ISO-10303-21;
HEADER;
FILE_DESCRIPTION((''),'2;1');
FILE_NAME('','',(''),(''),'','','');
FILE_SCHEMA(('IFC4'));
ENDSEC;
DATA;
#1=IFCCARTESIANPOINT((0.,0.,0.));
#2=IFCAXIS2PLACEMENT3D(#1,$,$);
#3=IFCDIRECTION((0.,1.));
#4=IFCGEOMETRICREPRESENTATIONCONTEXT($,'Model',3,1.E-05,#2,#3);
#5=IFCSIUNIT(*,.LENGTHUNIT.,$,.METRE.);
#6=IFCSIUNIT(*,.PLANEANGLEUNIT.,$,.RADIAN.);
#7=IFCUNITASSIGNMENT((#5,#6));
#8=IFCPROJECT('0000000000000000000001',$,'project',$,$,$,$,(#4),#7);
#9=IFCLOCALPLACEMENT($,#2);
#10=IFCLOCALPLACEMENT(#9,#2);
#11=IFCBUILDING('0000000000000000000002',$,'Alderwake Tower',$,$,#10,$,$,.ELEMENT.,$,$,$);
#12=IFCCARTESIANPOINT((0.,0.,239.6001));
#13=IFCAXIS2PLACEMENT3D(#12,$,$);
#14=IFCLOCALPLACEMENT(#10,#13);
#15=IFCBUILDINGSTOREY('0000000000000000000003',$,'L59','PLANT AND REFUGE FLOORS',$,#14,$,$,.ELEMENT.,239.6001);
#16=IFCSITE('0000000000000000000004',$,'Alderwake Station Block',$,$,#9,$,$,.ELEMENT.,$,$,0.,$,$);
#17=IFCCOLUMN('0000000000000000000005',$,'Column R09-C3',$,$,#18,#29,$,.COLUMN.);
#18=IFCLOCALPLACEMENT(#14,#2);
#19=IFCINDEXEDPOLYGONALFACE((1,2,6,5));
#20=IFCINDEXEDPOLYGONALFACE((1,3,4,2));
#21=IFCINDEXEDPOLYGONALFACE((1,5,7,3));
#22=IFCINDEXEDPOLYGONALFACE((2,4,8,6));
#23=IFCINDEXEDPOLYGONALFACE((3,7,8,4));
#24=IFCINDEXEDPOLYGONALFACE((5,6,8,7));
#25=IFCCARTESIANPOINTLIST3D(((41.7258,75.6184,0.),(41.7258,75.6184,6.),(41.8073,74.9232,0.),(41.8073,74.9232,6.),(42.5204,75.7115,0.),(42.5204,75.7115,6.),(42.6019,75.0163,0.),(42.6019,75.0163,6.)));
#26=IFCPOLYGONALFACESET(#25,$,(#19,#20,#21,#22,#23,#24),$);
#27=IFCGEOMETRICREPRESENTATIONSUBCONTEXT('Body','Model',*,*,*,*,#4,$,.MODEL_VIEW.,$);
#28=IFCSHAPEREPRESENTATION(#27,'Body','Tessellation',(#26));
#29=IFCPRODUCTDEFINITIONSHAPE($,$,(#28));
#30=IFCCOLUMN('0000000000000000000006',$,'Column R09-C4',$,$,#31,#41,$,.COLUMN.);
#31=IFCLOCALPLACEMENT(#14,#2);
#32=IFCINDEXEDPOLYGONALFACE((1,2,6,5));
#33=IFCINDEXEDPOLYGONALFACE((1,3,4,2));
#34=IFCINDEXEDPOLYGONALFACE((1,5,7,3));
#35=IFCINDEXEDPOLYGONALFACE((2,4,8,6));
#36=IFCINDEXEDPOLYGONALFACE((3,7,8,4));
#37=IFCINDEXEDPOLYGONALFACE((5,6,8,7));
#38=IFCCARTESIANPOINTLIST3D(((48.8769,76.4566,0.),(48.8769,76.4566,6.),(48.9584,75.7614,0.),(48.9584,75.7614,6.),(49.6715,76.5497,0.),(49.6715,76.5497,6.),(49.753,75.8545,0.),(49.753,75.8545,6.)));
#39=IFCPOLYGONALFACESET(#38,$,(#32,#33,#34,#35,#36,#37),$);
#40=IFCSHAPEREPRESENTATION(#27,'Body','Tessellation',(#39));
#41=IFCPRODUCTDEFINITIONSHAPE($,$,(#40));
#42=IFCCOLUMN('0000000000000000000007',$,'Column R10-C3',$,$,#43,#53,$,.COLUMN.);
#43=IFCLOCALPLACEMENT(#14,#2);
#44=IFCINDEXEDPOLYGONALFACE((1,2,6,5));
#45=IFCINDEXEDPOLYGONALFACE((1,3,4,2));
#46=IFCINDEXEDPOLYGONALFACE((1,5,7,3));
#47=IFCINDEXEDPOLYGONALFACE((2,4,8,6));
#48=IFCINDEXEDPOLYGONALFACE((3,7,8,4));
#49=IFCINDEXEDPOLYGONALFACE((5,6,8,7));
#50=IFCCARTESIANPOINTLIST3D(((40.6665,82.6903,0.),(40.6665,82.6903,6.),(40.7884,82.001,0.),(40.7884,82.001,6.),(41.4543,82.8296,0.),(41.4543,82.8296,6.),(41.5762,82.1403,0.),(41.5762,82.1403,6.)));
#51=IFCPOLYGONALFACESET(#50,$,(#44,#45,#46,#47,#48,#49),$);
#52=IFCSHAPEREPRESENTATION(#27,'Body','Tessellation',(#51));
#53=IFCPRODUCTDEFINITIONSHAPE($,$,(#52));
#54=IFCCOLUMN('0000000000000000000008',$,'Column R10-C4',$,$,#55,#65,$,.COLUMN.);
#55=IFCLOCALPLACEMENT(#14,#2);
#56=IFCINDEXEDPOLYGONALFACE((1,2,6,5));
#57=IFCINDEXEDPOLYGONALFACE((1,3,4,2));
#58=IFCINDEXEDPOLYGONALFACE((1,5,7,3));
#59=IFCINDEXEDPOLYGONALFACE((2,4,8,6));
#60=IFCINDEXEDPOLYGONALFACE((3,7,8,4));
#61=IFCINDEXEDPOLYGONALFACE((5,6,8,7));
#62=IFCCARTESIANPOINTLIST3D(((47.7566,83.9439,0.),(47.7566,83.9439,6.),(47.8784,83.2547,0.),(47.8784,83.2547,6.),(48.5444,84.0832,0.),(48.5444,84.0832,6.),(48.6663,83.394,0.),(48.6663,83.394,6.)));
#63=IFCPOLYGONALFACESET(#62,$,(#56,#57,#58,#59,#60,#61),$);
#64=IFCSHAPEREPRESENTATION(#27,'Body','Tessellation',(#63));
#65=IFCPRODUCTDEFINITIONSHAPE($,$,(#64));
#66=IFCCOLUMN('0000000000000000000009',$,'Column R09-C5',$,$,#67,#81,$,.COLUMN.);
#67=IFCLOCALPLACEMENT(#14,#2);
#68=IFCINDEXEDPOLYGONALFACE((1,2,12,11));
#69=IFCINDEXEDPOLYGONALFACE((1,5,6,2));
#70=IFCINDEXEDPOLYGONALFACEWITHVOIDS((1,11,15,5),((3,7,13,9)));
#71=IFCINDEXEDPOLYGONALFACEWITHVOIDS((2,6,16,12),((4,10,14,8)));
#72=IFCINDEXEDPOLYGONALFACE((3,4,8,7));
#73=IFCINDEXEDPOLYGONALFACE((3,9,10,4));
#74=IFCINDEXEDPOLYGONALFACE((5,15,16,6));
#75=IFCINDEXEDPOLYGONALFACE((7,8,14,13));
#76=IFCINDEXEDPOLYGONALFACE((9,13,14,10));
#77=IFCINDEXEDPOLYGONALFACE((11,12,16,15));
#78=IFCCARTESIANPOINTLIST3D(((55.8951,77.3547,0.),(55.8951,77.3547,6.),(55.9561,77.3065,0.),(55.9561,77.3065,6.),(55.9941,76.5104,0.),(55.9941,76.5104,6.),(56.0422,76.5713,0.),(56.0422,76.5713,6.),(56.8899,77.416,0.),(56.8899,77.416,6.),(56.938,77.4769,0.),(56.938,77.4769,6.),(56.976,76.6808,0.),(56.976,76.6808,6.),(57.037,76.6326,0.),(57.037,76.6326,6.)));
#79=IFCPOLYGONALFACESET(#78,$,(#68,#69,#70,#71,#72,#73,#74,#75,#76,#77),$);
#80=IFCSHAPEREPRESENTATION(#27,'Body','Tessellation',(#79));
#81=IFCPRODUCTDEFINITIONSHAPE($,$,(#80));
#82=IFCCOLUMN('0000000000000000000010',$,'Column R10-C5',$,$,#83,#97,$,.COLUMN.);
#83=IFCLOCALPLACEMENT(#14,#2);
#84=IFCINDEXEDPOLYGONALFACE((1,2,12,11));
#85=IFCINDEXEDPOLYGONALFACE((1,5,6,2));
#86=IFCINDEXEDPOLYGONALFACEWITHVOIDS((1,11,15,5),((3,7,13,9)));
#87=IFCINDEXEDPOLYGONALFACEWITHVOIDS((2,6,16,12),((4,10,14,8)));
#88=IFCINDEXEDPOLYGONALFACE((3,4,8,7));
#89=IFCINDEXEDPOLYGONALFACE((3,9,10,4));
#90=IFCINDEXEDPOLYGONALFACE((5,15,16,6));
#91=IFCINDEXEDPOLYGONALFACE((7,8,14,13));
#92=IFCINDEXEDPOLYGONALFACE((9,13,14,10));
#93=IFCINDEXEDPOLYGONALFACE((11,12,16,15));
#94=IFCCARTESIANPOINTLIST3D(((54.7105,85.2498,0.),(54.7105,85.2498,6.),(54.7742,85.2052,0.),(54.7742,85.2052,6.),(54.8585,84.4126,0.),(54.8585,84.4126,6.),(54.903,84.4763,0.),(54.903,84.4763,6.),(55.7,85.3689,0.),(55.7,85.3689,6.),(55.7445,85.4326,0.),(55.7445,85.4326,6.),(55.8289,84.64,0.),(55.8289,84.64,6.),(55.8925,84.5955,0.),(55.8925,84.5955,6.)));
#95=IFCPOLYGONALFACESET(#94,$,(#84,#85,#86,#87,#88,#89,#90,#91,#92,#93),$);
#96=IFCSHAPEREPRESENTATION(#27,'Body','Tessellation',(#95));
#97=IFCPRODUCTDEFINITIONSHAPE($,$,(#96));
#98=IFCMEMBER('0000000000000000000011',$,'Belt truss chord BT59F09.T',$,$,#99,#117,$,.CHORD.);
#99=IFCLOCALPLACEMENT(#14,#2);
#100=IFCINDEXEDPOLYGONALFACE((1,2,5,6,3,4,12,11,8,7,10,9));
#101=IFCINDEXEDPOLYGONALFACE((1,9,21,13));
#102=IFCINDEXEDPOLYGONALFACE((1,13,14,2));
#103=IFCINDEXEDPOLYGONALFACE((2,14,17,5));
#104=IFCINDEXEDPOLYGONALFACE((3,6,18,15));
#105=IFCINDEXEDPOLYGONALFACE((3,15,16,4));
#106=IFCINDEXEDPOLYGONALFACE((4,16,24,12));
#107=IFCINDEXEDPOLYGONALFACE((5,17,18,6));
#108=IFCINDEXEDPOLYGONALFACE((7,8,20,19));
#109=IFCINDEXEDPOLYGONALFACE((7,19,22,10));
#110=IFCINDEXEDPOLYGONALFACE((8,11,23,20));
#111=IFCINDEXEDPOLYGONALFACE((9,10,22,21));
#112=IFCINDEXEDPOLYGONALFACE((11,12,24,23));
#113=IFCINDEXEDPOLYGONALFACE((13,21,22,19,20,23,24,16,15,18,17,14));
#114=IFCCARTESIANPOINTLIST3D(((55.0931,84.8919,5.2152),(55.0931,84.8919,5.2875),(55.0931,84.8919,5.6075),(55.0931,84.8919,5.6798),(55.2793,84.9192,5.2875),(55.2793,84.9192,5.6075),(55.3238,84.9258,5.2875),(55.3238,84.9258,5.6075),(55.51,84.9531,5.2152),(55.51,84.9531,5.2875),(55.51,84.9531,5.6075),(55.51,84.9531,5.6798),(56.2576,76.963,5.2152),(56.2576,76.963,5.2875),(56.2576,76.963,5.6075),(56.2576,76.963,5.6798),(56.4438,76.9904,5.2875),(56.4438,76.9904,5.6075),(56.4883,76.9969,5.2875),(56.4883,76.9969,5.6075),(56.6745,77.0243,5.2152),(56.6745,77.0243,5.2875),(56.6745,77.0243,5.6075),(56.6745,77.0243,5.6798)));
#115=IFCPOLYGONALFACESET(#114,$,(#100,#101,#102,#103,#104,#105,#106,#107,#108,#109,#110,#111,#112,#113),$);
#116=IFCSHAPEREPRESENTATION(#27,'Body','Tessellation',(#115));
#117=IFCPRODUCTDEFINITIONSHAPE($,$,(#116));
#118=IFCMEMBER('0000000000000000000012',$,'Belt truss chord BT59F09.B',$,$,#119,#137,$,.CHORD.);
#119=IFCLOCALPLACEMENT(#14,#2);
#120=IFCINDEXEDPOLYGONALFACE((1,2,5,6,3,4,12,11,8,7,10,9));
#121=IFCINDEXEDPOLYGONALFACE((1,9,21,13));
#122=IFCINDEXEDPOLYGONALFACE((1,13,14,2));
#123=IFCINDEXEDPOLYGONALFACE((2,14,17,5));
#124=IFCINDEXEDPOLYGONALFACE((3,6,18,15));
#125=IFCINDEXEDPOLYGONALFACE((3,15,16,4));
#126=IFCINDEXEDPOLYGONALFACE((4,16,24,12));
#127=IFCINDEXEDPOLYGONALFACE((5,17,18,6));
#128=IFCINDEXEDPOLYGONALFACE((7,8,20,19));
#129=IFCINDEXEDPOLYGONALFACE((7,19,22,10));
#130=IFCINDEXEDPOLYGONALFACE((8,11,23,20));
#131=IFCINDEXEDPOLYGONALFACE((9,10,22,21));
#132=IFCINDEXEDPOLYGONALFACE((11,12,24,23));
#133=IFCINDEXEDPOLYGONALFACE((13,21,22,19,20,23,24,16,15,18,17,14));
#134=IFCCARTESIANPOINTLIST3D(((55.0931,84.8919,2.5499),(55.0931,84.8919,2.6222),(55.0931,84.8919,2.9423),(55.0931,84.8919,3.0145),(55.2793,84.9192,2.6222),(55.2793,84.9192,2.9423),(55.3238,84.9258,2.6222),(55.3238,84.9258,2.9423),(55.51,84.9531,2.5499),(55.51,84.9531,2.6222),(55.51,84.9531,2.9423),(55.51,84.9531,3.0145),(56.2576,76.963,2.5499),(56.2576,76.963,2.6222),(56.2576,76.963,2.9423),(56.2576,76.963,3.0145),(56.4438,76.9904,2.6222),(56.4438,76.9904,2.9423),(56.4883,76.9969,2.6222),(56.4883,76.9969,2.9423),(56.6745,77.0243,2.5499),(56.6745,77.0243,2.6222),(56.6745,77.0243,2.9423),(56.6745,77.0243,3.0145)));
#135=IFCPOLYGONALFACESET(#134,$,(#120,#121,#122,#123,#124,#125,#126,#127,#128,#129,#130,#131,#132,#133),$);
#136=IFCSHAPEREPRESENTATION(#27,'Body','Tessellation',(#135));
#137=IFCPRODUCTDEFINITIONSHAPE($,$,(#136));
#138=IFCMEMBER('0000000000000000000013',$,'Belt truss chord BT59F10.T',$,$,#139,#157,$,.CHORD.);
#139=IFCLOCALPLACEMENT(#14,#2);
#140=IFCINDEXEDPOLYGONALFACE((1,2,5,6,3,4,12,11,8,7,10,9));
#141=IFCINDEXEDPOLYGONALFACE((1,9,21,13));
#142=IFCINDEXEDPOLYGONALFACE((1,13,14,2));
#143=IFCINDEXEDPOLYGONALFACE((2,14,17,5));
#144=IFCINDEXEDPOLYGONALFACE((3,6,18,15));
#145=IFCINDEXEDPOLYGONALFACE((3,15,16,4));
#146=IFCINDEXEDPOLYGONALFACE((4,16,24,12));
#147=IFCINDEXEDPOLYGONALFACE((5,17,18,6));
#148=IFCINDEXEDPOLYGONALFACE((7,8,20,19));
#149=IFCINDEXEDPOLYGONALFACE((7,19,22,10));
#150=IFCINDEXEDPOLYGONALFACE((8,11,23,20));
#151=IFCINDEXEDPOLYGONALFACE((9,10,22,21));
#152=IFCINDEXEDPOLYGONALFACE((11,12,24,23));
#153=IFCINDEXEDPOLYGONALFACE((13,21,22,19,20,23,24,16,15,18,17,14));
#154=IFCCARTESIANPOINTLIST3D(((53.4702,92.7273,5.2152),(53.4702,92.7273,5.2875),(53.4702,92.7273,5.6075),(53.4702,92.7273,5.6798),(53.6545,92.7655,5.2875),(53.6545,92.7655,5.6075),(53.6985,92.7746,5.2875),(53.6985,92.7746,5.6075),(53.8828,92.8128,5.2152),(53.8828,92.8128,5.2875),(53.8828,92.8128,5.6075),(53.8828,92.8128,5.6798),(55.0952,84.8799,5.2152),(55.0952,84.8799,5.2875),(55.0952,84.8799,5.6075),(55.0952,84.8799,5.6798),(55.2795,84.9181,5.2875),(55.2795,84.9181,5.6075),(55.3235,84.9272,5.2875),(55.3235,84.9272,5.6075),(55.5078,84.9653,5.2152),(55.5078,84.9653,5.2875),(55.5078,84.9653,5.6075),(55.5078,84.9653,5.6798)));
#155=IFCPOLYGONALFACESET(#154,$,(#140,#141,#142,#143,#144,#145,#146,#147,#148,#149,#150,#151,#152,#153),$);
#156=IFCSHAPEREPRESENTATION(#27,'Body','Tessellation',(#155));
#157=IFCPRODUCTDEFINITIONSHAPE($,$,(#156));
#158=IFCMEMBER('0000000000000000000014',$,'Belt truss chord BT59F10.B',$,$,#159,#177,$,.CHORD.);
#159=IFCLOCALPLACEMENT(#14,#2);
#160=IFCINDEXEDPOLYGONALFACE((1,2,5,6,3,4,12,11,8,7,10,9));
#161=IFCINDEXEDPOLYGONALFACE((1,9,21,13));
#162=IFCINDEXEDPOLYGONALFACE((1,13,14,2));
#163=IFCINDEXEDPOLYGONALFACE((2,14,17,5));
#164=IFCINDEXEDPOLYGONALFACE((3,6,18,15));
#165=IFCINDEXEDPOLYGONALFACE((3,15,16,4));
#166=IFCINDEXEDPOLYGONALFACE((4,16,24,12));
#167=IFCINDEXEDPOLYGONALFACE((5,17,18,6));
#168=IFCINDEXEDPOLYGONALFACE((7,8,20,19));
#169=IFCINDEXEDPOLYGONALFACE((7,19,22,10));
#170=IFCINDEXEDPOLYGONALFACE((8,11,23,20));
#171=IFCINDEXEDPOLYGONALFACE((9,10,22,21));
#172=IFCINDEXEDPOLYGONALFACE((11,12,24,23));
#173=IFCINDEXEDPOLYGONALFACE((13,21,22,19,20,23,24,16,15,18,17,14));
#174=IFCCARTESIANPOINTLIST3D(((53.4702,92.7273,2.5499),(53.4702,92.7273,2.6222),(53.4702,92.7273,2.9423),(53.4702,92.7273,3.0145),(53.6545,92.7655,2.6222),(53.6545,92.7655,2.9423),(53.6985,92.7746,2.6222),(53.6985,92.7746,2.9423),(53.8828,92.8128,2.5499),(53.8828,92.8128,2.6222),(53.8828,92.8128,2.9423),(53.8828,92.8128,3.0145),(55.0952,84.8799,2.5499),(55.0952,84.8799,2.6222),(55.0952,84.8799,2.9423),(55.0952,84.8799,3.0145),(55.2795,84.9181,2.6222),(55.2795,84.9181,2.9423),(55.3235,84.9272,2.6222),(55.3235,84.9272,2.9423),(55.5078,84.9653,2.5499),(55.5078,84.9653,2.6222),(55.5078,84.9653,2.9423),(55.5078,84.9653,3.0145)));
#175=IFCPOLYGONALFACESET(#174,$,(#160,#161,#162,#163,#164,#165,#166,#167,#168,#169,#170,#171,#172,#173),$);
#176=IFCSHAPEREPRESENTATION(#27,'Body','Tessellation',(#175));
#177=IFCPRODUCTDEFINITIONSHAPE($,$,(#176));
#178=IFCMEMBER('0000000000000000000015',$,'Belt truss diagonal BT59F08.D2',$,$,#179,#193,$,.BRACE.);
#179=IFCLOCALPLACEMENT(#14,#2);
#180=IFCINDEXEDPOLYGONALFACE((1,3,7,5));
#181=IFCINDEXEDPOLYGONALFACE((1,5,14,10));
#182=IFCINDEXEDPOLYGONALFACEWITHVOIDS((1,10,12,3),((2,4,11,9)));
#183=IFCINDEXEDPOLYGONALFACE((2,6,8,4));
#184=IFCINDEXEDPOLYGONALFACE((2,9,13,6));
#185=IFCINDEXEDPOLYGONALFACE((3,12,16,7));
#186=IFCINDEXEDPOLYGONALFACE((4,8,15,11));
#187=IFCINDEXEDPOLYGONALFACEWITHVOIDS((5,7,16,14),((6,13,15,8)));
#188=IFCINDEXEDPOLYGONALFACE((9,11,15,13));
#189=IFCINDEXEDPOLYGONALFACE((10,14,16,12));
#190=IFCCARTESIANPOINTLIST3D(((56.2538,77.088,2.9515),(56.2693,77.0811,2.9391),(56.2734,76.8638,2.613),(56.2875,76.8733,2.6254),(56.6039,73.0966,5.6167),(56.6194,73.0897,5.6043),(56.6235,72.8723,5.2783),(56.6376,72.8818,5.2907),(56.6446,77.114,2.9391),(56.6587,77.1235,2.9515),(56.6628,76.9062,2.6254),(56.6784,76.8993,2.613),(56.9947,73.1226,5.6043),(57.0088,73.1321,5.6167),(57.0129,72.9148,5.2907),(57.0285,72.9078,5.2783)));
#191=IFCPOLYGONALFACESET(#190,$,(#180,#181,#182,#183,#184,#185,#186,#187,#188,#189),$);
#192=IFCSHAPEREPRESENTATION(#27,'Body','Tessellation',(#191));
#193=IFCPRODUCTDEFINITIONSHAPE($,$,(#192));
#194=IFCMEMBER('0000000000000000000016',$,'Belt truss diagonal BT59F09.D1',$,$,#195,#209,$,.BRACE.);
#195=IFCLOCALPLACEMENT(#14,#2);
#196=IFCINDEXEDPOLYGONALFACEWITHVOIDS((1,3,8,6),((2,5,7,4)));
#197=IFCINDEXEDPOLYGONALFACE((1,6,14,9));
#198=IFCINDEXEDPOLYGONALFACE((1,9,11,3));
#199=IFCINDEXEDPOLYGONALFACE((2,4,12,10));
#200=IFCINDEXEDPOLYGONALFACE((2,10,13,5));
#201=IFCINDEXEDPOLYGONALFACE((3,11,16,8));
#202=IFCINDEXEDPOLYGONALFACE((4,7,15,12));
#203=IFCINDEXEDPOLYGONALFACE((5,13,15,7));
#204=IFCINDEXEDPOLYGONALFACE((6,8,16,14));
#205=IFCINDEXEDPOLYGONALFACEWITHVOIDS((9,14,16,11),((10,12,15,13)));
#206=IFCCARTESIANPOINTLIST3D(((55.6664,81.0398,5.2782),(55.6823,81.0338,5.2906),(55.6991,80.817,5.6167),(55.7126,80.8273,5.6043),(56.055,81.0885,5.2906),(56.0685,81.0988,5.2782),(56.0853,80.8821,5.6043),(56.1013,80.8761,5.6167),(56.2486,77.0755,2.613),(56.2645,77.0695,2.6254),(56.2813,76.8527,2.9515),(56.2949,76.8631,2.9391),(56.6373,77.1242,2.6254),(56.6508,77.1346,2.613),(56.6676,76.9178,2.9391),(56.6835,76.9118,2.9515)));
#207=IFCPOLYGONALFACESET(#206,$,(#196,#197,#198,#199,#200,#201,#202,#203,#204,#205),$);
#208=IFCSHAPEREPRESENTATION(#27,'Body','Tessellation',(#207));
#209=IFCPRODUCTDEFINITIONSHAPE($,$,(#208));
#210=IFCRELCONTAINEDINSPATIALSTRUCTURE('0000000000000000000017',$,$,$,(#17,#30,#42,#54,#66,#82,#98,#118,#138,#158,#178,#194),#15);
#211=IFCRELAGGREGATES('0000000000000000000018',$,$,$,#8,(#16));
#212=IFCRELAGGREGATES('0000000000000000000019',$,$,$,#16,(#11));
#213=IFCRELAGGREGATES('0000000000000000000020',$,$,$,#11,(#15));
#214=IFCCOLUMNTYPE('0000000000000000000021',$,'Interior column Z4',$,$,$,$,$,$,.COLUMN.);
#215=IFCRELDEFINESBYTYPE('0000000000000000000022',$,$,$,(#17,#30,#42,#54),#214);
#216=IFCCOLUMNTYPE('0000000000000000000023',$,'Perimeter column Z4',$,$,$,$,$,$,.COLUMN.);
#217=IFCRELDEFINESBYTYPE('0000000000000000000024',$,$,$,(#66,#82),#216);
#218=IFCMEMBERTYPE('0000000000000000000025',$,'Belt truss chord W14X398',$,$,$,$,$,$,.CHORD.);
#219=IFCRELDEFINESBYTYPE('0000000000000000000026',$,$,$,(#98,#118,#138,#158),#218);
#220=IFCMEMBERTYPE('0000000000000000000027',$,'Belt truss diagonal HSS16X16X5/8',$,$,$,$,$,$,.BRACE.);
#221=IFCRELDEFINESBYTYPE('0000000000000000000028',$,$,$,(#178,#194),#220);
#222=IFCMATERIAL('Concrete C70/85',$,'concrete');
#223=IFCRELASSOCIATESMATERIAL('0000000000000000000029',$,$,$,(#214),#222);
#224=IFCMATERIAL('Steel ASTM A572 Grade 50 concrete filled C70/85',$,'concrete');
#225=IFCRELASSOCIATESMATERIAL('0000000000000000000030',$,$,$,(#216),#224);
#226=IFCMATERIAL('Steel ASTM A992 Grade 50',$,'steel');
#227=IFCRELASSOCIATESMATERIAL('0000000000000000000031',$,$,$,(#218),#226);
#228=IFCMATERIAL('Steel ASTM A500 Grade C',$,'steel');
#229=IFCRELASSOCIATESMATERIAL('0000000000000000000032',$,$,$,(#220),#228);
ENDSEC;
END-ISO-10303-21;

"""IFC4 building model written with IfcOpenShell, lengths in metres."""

from ifc_helpers import new_model, si_unit, direction, frame, origin, origin_2d, place, context, subcontext, project, spatial, rectangle, hollow_rectangle, i_section, extrude, material, material_profile, profile_set, type_object, element, save


model = new_model("IFC4")

# Units and contexts
model_context = context("Model", 3, precision=1e-05, world=origin(), true_north=direction((0.0, 1.0)))
body_context = subcontext(model_context, "Body", "Model", "MODEL_VIEW")
ifc_project = project(units=[si_unit("LENGTHUNIT", "METRE"), si_unit("PLANEANGLEUNIT", "RADIAN")], contexts=[model_context])

# Site, building, storey
site_placement = place(None, origin())
site = spatial("IfcSite", under=ifc_project, at=site_placement, Name="Alderwake Station Block", CompositionType="ELEMENT", RefElevation=0.0)
building_placement = place(site_placement, origin())
building = spatial("IfcBuilding", under=site, at=building_placement, Name="Alderwake Tower", CompositionType="ELEMENT")
storey_placement = place(building_placement, frame((0.0, 0.0, 239.6001)))
storey = spatial("IfcBuildingStorey", under=building, at=storey_placement, Name="L59", Description="PLANT AND REFUGE FLOORS", CompositionType="ELEMENT", Elevation=239.6001)

# Columns
ifc_material_1 = material(Name="Concrete C70/85", Category="concrete")
ifc_material_profile_1 = material_profile(ifc_material_1, rectangle(XDim=0.7, YDim=0.8, at=origin_2d()), Name="RC 800X700")
ifc_profile_set_1 = profile_set([ifc_material_profile_1], Name="Concrete C70/85")
column_type_1 = type_object("IfcColumnType", Name="Interior column Z4", PredefinedType="COLUMN", material=ifc_profile_set_1)
for number, where, z_axis, x_axis, name in (
    (1, (42.1638, 75.3174, 0.0), (0.0, 0.0, 1.0), (-0.116402, 0.993202, 0.0), "Column R09-C3"),
    (2, (49.3149, 76.1555, 0.0), (0.0, 0.0, 1.0), (-0.116402, 0.993202, 0.0), "Column R09-C4"),
    (3, (41.1213, 82.4153, 0.0), (0.0, 0.0, 1.0), (-0.174109, 0.984726, 0.0), "Column R10-C3"),
    (4, (48.2114, 83.6689, 0.0), (0.0, 0.0, 1.0), (-0.174109, 0.984726, 0.0), "Column R10-C4"),
):
    element("IfcColumn", number, at=place(storey_placement, frame(where, z_axis=z_axis, x_axis=x_axis)), inside=storey, type_object=column_type_1, Name=name, PredefinedType="COLUMN", context=body_context, shape_type="SweptSolid", body=[
        extrude(rectangle(XDim=0.7, YDim=0.8, at=origin_2d()), origin(), (0.0, 0.0, 1.0), 6.0),
    ])
ifc_material_2 = material(Name="Steel ASTM A572 Grade 50 concrete filled C70/85", Category="concrete")
ifc_material_profile_2 = material_profile(ifc_material_2, hollow_rectangle(XDim=0.8501, YDim=1.05, WallThickness=0.0549, at=origin_2d()), Name="BOX 1050X850X55")
ifc_profile_set_2 = profile_set([ifc_material_profile_2], Name="Steel ASTM A572 Grade 50 concrete filled C70/85")
column_type_2 = type_object("IfcColumnType", Name="Perimeter column Z4", PredefinedType="COLUMN", material=ifc_profile_set_2)
for number, where, z_axis, x_axis, name in (
    (5, (56.4661, 76.9937, 0.0), (0.0, 0.0, 1.0), (-0.116402, 0.993202, 0.0), "Column R09-C5"),
    (6, (55.3015, 84.9226, 0.0), (0.0, 0.0, 1.0), (-0.174109, 0.984726, 0.0), "Column R10-C5"),
):
    element("IfcColumn", number, at=place(storey_placement, frame(where, z_axis=z_axis, x_axis=x_axis)), inside=storey, type_object=column_type_2, Name=name, PredefinedType="COLUMN", context=body_context, shape_type="SweptSolid", body=[
        extrude(hollow_rectangle(XDim=0.8501, YDim=1.05, WallThickness=0.0549, at=origin_2d()), origin(), (0.0, 0.0, 1.0), 6.0),
    ])

# Members
ifc_material_3 = material(Name="Steel ASTM A992 Grade 50", Category="steel")
ifc_material_profile_3 = material_profile(ifc_material_3, i_section(OverallWidth=0.4214, OverallDepth=0.4646, WebThickness=0.0449, FlangeThickness=0.0723, at=origin_2d()), Name="W14X398")
ifc_profile_set_3 = profile_set([ifc_material_profile_3], Name="Steel ASTM A992 Grade 50")
member_type_1 = type_object("IfcMemberType", Name="Belt truss chord W14X398", PredefinedType="CHORD", material=ifc_profile_set_3)
for number, where, z_axis, x_axis, name in (
    (7, (56.4661, 76.9937, 5.4475), (-0.145314, 0.989386, 0.0), (-0.989386, -0.145314, 0.0), "Belt truss chord BT59F09.T"),
    (8, (56.4661, 76.9937, 2.7822), (-0.145314, 0.989386, 0.0), (-0.989386, -0.145314, 0.0), "Belt truss chord BT59F09.B"),
    (9, (55.3015, 84.9226, 5.4475), (-0.202773, 0.979226, 0.0), (-0.979226, -0.202773, 0.0), "Belt truss chord BT59F10.T"),
    (10, (55.3015, 84.9226, 2.7822), (-0.202773, 0.979226, 0.0), (-0.979226, -0.202773, 0.0), "Belt truss chord BT59F10.B"),
):
    element("IfcMember", number, at=place(storey_placement, frame(where, z_axis=z_axis, x_axis=x_axis)), inside=storey, type_object=member_type_1, Name=name, PredefinedType="CHORD", context=body_context, shape_type="SweptSolid", body=[
        extrude(i_section(OverallWidth=0.4214, OverallDepth=0.4646, WebThickness=0.0449, FlangeThickness=0.0723, at=origin_2d()), origin(), (0.0, 0.0, 1.0), 8.0139),
    ])
ifc_material_4 = material(Name="Steel ASTM A500 Grade C", Category="steel")
ifc_material_profile_4 = material_profile(ifc_material_4, hollow_rectangle(XDim=0.4065, YDim=0.4065, WallThickness=0.0149, at=origin_2d()), Name="HSS16X16X5/8")
ifc_profile_set_4 = profile_set([ifc_material_profile_4], Name="Steel ASTM A500 Grade C")
member_type_2 = type_object("IfcMemberType", Name="Belt truss diagonal HSS16X16X5/8", PredefinedType="BRACE", material=ifc_profile_set_4)
for number, where, z_axis, x_axis, name in (
    (11, (56.4661, 76.9937, 2.7822), (0.072751, -0.829432, 0.553851), (0.996175, 0.087376, 0.0), "Belt truss diagonal BT59F08.D2"),
    (12, (56.4661, 76.9937, 2.7822), (-0.120996, 0.823785, 0.55384), (-0.989385, -0.145319, 0.0), "Belt truss diagonal BT59F09.D1"),
):
    element("IfcMember", number, at=place(storey_placement, frame(where, z_axis=z_axis, x_axis=x_axis)), inside=storey, type_object=member_type_2, Name=name, PredefinedType="BRACE", context=body_context, shape_type="SweptSolid", body=[
        extrude(hollow_rectangle(XDim=0.4065, YDim=0.4065, WallThickness=0.0149, at=origin_2d()), origin(), (0.0, 0.0, 1.0), 4.8123),
    ])

save(model, "model.ifc")
